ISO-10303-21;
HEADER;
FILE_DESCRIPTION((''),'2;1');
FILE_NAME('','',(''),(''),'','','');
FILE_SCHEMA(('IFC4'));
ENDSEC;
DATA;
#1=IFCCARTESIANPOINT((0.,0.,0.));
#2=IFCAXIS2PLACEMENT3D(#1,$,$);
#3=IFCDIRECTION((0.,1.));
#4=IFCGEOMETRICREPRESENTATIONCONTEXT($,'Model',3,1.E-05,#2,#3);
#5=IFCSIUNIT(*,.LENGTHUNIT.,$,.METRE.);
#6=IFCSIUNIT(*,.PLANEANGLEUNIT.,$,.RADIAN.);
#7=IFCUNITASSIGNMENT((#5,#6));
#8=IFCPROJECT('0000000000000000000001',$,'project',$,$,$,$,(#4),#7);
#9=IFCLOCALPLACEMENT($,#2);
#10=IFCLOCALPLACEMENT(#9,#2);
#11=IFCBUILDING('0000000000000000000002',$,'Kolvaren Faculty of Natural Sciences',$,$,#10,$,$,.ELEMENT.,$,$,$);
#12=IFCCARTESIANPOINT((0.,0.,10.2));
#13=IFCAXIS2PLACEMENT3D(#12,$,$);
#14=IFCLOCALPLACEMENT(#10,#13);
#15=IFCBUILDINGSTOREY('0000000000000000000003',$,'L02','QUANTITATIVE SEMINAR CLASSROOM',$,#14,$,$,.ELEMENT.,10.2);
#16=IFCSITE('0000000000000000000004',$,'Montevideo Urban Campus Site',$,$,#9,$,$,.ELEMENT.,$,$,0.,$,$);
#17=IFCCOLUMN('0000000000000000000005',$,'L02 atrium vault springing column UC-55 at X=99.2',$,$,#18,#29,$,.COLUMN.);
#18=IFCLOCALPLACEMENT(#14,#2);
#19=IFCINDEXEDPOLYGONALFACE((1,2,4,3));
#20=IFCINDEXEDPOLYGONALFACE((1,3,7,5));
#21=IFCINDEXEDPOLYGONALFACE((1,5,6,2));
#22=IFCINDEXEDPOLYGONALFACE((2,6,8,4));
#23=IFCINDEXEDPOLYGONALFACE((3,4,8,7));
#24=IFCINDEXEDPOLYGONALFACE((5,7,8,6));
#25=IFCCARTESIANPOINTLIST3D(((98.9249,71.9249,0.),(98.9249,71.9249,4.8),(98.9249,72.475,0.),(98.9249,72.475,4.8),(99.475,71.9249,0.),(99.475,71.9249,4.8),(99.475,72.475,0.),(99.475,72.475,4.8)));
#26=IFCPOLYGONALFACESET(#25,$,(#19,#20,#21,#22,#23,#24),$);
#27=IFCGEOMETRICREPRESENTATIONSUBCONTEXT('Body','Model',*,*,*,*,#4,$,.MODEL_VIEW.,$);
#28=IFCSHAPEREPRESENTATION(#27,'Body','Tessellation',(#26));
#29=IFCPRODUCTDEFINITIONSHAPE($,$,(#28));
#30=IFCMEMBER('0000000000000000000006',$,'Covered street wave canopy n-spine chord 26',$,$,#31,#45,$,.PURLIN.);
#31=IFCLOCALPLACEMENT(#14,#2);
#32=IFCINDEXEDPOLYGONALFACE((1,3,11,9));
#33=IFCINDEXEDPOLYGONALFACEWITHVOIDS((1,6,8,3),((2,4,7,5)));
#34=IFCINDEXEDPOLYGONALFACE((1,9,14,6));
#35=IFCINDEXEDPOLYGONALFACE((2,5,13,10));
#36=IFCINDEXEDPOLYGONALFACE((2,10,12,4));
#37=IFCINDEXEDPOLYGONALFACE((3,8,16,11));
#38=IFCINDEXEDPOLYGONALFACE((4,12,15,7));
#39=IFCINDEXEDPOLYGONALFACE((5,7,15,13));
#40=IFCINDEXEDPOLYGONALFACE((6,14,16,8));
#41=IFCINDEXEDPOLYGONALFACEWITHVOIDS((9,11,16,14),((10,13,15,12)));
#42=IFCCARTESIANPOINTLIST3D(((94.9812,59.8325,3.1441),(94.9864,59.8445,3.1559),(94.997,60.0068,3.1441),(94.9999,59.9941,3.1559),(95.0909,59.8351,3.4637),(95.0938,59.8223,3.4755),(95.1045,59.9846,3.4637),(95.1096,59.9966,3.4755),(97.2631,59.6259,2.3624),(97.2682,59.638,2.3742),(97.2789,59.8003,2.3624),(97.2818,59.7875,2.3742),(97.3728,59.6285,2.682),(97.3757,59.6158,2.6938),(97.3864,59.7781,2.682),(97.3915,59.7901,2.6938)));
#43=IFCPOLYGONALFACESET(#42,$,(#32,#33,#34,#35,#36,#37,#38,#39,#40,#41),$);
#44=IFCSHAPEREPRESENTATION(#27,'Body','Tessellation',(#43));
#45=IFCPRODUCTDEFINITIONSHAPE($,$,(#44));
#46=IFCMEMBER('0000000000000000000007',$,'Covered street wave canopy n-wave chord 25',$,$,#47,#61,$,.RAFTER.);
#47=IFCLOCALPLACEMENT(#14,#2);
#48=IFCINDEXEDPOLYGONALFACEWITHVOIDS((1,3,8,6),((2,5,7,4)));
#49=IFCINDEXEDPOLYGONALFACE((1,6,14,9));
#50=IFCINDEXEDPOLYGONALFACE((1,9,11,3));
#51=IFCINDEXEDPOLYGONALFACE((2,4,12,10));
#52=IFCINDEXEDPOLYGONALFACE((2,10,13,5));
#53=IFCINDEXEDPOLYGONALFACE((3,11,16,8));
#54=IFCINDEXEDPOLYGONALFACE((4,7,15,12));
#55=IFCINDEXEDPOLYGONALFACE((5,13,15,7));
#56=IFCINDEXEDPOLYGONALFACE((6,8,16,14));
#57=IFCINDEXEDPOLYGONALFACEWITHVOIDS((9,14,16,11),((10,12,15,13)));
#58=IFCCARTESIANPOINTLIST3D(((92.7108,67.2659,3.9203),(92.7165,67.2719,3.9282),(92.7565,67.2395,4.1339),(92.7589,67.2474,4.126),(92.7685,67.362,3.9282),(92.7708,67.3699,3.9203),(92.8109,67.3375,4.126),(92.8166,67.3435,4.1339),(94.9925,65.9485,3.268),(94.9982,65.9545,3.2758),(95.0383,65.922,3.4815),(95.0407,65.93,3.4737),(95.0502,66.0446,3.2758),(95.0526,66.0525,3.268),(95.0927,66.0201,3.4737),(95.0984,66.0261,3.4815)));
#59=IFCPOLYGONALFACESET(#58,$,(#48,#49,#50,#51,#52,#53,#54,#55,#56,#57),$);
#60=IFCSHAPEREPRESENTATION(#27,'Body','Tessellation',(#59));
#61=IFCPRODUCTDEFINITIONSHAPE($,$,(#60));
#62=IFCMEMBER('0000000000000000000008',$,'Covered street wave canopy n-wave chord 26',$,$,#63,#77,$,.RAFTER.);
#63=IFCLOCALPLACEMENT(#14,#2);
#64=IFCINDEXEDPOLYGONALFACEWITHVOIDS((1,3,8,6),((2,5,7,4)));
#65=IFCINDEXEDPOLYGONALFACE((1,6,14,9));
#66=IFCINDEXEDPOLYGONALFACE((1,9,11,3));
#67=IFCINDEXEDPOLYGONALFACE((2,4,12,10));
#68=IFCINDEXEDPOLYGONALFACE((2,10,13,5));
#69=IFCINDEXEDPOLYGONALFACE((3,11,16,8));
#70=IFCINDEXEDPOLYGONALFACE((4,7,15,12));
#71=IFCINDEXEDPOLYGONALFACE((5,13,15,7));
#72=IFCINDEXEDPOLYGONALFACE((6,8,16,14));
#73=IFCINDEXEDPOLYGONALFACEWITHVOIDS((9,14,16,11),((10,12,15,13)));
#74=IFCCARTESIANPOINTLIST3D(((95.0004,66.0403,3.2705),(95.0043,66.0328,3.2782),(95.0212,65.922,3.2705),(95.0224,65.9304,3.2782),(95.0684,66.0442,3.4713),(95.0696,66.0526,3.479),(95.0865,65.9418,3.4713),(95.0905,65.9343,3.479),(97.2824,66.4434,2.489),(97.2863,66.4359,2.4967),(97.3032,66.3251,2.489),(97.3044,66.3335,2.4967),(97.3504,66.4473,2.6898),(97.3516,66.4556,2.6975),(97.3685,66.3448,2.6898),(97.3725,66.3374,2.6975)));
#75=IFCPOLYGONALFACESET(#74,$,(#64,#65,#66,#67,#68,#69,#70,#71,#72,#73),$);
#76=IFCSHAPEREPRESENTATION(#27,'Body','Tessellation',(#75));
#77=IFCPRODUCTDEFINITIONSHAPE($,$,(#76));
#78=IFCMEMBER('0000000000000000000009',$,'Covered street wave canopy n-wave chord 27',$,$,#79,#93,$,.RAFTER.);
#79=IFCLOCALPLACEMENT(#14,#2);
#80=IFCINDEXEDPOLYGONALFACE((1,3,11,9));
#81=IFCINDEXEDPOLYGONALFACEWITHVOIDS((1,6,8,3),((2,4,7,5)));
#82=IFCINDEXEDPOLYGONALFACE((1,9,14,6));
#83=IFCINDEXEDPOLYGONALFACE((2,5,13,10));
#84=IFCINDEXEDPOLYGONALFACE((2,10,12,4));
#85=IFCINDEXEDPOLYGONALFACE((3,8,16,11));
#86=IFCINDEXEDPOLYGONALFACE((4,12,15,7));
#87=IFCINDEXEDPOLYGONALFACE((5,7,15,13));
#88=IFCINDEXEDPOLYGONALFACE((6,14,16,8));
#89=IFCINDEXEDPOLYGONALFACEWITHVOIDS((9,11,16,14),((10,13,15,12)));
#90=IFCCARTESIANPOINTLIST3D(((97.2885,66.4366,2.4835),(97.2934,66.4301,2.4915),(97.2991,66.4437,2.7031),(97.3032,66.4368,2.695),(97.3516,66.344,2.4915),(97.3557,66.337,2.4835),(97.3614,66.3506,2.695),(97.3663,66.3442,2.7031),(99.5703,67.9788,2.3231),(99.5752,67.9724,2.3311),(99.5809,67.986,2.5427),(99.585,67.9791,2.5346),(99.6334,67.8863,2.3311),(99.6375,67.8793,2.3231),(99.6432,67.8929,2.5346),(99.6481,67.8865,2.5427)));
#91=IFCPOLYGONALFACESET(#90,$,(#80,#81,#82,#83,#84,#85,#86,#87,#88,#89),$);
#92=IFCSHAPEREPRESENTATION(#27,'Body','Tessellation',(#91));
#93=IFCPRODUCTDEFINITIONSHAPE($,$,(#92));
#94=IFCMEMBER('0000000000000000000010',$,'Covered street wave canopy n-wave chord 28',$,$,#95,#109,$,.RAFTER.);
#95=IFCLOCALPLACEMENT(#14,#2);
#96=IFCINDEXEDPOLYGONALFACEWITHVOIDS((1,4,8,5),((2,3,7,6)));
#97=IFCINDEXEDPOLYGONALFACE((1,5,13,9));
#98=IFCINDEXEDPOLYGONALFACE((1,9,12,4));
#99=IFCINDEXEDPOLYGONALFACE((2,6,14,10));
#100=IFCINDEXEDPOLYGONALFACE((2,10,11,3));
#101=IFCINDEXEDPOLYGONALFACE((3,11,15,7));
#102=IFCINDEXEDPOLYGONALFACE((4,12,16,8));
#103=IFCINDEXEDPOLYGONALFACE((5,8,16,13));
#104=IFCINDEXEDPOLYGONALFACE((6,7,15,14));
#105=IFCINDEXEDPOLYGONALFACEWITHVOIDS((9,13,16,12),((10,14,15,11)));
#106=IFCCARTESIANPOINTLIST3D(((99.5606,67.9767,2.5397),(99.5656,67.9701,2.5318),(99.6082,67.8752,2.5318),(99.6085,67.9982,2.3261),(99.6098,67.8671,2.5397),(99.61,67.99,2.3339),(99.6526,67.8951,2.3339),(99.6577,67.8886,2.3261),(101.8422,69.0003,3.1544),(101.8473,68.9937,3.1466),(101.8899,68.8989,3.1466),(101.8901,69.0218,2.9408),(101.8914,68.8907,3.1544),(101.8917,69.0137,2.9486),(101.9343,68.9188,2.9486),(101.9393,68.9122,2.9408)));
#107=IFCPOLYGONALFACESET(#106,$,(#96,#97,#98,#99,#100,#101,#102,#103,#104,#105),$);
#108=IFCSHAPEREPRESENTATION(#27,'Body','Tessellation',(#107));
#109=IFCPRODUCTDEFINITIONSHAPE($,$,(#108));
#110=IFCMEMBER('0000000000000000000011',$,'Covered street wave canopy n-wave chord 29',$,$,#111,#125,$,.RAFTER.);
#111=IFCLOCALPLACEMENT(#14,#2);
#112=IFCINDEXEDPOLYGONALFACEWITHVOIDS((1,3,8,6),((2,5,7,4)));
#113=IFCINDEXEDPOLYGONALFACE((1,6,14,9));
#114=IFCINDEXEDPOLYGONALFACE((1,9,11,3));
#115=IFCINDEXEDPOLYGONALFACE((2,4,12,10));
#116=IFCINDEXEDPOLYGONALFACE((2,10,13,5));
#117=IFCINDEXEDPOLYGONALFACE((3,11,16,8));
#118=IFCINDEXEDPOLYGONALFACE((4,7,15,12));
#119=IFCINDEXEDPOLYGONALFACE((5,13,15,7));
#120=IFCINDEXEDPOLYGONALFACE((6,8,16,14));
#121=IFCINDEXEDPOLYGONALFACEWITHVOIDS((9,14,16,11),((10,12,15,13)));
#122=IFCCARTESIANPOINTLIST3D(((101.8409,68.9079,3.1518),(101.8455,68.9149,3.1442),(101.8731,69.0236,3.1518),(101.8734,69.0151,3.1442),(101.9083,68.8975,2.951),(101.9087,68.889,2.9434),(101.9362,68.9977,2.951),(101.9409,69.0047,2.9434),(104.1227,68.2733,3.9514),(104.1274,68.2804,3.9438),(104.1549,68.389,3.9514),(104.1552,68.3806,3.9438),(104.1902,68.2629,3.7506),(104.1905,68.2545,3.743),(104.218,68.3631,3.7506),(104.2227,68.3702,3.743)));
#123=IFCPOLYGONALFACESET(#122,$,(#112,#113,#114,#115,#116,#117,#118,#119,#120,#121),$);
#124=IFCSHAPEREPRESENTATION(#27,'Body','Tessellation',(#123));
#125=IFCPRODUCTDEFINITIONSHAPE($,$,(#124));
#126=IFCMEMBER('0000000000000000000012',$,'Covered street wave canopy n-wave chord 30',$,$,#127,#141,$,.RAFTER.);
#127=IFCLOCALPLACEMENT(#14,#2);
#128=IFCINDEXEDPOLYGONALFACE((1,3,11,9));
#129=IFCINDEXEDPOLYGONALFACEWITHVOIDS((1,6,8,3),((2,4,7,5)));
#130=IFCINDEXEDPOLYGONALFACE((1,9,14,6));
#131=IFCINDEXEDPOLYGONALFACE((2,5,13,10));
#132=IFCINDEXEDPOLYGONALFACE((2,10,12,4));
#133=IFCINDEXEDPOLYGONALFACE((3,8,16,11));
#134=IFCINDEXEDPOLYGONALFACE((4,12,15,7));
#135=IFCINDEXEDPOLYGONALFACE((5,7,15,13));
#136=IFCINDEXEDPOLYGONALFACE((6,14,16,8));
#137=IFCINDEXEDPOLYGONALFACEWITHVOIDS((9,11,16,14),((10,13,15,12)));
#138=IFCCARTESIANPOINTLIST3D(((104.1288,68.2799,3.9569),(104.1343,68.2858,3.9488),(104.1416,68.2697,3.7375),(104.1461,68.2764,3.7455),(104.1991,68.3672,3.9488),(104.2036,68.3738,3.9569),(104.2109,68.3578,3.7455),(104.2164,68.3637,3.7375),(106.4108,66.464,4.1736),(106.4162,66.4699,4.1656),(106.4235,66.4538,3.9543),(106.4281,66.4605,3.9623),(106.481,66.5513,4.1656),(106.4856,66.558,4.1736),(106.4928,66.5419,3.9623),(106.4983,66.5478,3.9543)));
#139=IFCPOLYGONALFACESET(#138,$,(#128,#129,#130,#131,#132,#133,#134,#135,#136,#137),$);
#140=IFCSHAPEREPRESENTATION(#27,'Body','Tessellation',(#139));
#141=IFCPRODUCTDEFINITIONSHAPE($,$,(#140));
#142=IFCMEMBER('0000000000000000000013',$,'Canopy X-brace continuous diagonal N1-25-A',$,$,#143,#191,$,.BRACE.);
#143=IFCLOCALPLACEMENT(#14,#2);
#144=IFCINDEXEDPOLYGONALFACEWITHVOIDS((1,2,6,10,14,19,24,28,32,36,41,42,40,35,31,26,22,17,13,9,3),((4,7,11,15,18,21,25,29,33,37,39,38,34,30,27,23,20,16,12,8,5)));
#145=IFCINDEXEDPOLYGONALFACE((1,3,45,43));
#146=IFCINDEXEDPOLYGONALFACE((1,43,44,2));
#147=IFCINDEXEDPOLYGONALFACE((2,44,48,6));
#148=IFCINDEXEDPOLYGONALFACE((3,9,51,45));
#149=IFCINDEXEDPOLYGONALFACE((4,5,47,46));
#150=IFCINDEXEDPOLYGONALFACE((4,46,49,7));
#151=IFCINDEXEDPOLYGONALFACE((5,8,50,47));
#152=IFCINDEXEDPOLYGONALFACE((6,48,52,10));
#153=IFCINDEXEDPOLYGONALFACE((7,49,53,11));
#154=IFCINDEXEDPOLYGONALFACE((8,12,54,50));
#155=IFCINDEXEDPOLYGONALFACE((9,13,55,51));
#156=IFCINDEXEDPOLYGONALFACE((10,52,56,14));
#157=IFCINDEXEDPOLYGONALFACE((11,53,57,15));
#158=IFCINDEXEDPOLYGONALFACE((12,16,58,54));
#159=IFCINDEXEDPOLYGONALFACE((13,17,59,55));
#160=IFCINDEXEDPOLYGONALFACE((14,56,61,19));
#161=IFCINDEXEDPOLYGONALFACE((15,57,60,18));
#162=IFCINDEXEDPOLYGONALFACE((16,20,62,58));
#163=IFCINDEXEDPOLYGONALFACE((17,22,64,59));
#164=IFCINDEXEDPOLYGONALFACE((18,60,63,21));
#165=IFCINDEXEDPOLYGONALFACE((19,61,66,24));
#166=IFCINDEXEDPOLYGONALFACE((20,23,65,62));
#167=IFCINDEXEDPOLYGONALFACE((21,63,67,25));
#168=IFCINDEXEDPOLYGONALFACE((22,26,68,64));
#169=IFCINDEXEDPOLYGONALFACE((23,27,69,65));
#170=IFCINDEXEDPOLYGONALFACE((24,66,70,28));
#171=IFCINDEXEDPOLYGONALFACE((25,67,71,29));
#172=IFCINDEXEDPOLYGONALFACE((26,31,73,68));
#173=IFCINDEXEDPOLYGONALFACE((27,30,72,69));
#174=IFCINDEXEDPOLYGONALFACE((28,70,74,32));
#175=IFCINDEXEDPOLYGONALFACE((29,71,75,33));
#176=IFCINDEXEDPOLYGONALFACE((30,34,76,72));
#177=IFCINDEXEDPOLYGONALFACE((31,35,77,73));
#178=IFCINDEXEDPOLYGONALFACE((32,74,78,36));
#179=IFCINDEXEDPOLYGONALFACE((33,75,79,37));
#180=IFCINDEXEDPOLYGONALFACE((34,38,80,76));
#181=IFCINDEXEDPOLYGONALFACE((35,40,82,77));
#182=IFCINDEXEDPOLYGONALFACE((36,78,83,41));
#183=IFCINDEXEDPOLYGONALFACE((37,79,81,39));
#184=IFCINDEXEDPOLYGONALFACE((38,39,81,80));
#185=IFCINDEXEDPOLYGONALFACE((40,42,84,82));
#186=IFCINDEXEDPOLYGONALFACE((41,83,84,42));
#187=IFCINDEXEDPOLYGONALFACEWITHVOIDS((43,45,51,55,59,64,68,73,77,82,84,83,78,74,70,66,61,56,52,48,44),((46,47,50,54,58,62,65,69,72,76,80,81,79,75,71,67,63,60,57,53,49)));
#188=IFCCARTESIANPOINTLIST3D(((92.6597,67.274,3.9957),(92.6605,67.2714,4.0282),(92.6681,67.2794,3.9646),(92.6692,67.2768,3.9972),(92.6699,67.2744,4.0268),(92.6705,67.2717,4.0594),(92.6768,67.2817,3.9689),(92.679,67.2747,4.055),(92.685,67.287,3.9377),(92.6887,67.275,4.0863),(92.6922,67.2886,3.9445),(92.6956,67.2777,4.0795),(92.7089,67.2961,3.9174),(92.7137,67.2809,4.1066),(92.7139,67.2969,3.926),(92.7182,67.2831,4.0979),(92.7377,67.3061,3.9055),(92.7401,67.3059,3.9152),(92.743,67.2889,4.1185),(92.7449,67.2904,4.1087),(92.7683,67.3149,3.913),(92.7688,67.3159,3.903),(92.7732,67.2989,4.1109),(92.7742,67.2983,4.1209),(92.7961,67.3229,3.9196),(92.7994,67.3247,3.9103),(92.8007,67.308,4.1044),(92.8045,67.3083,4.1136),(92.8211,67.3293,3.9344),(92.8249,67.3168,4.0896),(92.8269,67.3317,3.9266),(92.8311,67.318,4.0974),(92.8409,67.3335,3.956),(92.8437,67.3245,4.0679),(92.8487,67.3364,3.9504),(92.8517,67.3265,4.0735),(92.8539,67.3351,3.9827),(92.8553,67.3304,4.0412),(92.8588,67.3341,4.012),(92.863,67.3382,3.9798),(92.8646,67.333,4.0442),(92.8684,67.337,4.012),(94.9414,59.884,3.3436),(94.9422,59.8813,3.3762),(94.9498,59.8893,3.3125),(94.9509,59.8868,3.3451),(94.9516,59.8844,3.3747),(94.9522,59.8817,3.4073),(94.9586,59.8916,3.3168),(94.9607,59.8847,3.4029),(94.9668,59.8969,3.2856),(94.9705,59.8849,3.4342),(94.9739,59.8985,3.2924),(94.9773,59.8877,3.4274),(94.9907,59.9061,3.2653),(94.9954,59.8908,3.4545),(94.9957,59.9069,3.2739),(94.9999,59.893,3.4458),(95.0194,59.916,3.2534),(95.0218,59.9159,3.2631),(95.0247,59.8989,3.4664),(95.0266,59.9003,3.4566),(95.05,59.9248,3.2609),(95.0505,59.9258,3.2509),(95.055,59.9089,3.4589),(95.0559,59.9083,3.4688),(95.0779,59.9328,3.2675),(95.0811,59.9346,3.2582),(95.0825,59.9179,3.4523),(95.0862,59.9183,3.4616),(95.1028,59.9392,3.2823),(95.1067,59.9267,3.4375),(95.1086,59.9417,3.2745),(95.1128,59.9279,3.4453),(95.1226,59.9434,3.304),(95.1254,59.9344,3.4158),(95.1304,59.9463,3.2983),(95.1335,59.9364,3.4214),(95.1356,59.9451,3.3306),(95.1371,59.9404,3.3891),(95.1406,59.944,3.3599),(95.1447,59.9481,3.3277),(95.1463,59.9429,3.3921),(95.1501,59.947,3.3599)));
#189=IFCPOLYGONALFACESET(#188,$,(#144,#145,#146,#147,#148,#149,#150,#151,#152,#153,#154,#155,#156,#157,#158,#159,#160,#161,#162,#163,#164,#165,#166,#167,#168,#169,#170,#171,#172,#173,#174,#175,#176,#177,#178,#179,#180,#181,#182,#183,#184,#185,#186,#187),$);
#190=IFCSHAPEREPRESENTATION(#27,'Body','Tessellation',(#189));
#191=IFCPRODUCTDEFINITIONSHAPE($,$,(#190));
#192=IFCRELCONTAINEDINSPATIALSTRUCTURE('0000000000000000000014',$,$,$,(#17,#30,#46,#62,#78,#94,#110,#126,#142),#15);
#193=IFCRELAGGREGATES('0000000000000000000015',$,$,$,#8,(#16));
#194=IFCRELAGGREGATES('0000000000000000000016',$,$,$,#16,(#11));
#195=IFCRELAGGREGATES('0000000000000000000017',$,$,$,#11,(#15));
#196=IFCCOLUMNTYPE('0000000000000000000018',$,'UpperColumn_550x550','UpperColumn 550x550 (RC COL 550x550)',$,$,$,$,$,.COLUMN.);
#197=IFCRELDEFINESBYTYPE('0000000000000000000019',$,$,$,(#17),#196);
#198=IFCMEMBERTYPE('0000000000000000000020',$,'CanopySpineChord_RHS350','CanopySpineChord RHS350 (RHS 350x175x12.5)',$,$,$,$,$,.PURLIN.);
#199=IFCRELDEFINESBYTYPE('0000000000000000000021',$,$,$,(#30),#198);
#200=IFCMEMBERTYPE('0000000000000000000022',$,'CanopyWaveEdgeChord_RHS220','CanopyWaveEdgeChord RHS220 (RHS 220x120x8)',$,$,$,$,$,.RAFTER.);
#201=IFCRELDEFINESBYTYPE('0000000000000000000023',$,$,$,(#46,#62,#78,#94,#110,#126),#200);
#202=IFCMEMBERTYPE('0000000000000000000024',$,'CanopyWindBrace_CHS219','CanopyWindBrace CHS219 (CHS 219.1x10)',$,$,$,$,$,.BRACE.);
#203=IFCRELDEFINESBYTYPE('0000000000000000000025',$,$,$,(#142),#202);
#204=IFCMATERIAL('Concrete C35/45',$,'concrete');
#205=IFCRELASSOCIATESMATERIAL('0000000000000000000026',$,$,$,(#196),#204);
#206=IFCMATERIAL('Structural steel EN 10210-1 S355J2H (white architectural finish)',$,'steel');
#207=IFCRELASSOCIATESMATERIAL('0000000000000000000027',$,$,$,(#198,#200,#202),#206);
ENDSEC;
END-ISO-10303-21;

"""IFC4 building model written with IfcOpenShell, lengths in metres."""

from ifc_helpers import new_model, si_unit, direction, frame, origin, origin_2d, place, context, subcontext, project, spatial, rectangle, hollow_rectangle, hollow_circle, extrude, material, material_profile, profile_set, type_object, element, save


model = new_model("IFC4")

# Units and contexts
model_context = context("Model", 3, precision=1e-05, world=origin(), true_north=direction((0.0, 1.0)))
body_context = subcontext(model_context, "Body", "Model", "MODEL_VIEW")
ifc_project = project(units=[si_unit("LENGTHUNIT", "METRE"), si_unit("PLANEANGLEUNIT", "RADIAN")], contexts=[model_context])

# Site, building, storey
site_placement = place(None, origin())
site = spatial("IfcSite", under=ifc_project, at=site_placement, Name="Montevideo Urban Campus Site", CompositionType="ELEMENT", RefElevation=0.0)
building_placement = place(site_placement, origin())
building = spatial("IfcBuilding", under=site, at=building_placement, Name="Kolvaren Faculty of Natural Sciences", CompositionType="ELEMENT")
storey_placement = place(building_placement, frame((0.0, 0.0, 10.2)))
storey = spatial("IfcBuildingStorey", under=building, at=storey_placement, Name="L02", Description="QUANTITATIVE SEMINAR CLASSROOM", CompositionType="ELEMENT", Elevation=10.2)

# Column
ifc_material_1 = material(Name="Concrete C35/45", Category="concrete")
ifc_material_profile_1 = material_profile(ifc_material_1, rectangle(XDim=0.55, YDim=0.55, at=origin_2d()), Name="RC COL 550x550")
ifc_profile_set_1 = profile_set([ifc_material_profile_1], Name="Concrete C35/45")
column_type = type_object("IfcColumnType", Name="UpperColumn_550x550", Description="UpperColumn 550x550 (RC COL 550x550)", PredefinedType="COLUMN", material=ifc_profile_set_1)
column_placement = place(storey_placement, frame((99.2, 72.2, 0.0), z_axis=(0.0, 0.0, 1.0), x_axis=(1.0, 0.0, 0.0)))
element("IfcColumn", 1, at=column_placement, inside=storey, type_object=column_type, Name="L02 atrium vault springing column UC-55 at X=99.2", PredefinedType="COLUMN", context=body_context, shape_type="SweptSolid", body=[
    extrude(rectangle(XDim=0.55, YDim=0.55, at=origin_2d()), origin(), (0.0, 0.0, 1.0), 4.8),
])

# Members
ifc_material_2 = material(Name="Structural steel EN 10210-1 S355J2H (white architectural finish)", Category="steel")
ifc_material_profile_2 = material_profile(ifc_material_2, hollow_rectangle(XDim=0.175, YDim=0.3501, WallThickness=0.0125, at=origin_2d()), Name="RHS 350x175x12.5")
ifc_profile_set_2 = profile_set([ifc_material_profile_2], Name="Structural steel EN 10210-1 S355J2H (white architectural finish)")
member_type_1 = type_object("IfcMemberType", Name="CanopySpineChord_RHS350", Description="CanopySpineChord RHS350 (RHS 350x175x12.5)", PredefinedType="PURLIN", material=ifc_profile_set_2)
member_1_placement = place(storey_placement, frame((95.0454, 59.9146, 3.3098), z_axis=(0.94258, -0.085313, -0.3229), x_axis=(0.090142, 0.995929, 0.0)))
element("IfcMember", 2, at=member_1_placement, inside=storey, type_object=member_type_1, Name="Covered street wave canopy n-spine chord 26", PredefinedType="PURLIN", context=body_context, shape_type="SweptSolid", body=[
    extrude(hollow_rectangle(XDim=0.175, YDim=0.3501, WallThickness=0.0125, at=origin_2d()), origin(), (0.0, 0.0, 1.0), 2.4209),
])
ifc_material_profile_3 = material_profile(ifc_material_2, hollow_rectangle(XDim=0.1201, YDim=0.22, WallThickness=0.0081, at=origin_2d()), Name="RHS 220x120x8")
ifc_profile_set_3 = profile_set([ifc_material_profile_3], Name="Structural steel EN 10210-1 S355J2H (white architectural finish)")
member_type_2 = type_object("IfcMemberType", Name="CanopyWaveEdgeChord_RHS220", Description="CanopyWaveEdgeChord RHS220 (RHS 220x120x8)", PredefinedType="RAFTER", material=ifc_profile_set_3)
member_2_placement = place(storey_placement, frame((92.7637, 67.3047, 4.0271), z_axis=(0.840639, -0.48535, -0.240337), x_axis=(0.500006, 0.866022, 0.0)))
element("IfcMember", 3, at=member_2_placement, inside=storey, type_object=member_type_2, Name="Covered street wave canopy n-wave chord 25", PredefinedType="RAFTER", context=body_context, shape_type="SweptSolid", body=[
    extrude(hollow_rectangle(XDim=0.1201, YDim=0.22, WallThickness=0.0081, at=origin_2d()), origin(), (0.0, 0.0, 1.0), 2.7144),
])
member_3_placement = place(storey_placement, frame((95.0454, 65.9873, 3.3748), z_axis=(0.933122, 0.164821, -0.319559), x_axis=(-0.173942, 0.984756, 0.0)))
element("IfcMember", 4, at=member_3_placement, inside=storey, type_object=member_type_2, Name="Covered street wave canopy n-wave chord 26", PredefinedType="RAFTER", context=body_context, shape_type="SweptSolid", body=[
    extrude(hollow_rectangle(XDim=0.1201, YDim=0.22, WallThickness=0.0081, at=origin_2d()), origin(), (0.0, 0.0, 1.0), 2.4456),
])
member_4_placement = place(storey_placement, frame((97.3274, 66.3904, 2.5933), z_axis=(0.8271, 0.55904, -0.058143), x_axis=(-0.559987, 0.828501, 0.0)))
element("IfcMember", 5, at=member_4_placement, inside=storey, type_object=member_type_2, Name="Covered street wave canopy n-wave chord 27", PredefinedType="RAFTER", context=body_context, shape_type="SweptSolid", body=[
    extrude(hollow_rectangle(XDim=0.1201, YDim=0.22, WallThickness=0.0081, at=origin_2d()), origin(), (0.0, 0.0, 1.0), 2.7588),
])
member_5_placement = place(storey_placement, frame((99.6091, 67.9326, 2.4329), z_axis=(0.886009, 0.3975, 0.238709), x_axis=(-0.409333, 0.912385, 0.0)))
element("IfcMember", 6, at=member_5_placement, inside=storey, type_object=member_type_2, Name="Covered street wave canopy n-wave chord 28", PredefinedType="RAFTER", context=body_context, shape_type="SweptSolid", body=[
    extrude(hollow_rectangle(XDim=0.1201, YDim=0.22, WallThickness=0.0081, at=origin_2d()), origin(), (0.0, 0.0, 1.0), 2.5752),
])
member_6_placement = place(storey_placement, frame((101.8909, 68.9563, 3.0476), z_axis=(0.912824, -0.253844, 0.319869), x_axis=(0.26792, 0.963441, 0.0)))
element("IfcMember", 7, at=member_6_placement, inside=storey, type_object=member_type_2, Name="Covered street wave canopy n-wave chord 29", PredefinedType="RAFTER", context=body_context, shape_type="SweptSolid", body=[
    extrude(hollow_rectangle(XDim=0.1201, YDim=0.22, WallThickness=0.0081, at=origin_2d()), origin(), (0.0, 0.0, 1.0), 2.4998),
])
member_7_placement = place(storey_placement, frame((104.1726, 68.3218, 3.8472), z_axis=(0.78033, -0.620958, 0.074134), x_axis=(0.622672, 0.782483, 0.0)))
element("IfcMember", 8, at=member_7_placement, inside=storey, type_object=member_type_2, Name="Covered street wave canopy n-wave chord 30", PredefinedType="RAFTER", context=body_context, shape_type="SweptSolid", body=[
    extrude(hollow_rectangle(XDim=0.1201, YDim=0.22, WallThickness=0.0081, at=origin_2d()), origin(), (0.0, 0.0, 1.0), 2.9243),
])
ifc_material_profile_4 = material_profile(ifc_material_2, hollow_circle(Radius=0.1096, WallThickness=0.01, at=origin_2d()), Name="CHS 219.1x10")
ifc_profile_set_4 = profile_set([ifc_material_profile_4], Name="Structural steel EN 10210-1 S355J2H (white architectural finish)")
member_type_3 = type_object("IfcMemberType", Name="CanopyWindBrace_CHS219", Description="CanopyWindBrace CHS219 (CHS 219.1x10)", PredefinedType="BRACE", material=ifc_profile_set_4)
member_8_placement = place(storey_placement, frame((92.7637, 67.3047, 4.012), z_axis=(0.29397, -0.952115, -0.084014), x_axis=(0.955493, 0.295013, 0.0)))
element("IfcMember", 9, at=member_8_placement, inside=storey, type_object=member_type_3, Name="Canopy X-brace continuous diagonal N1-25-A", PredefinedType="BRACE", context=body_context, shape_type="SweptSolid", body=[
    extrude(hollow_circle(Radius=0.1096, WallThickness=0.01, at=origin_2d()), origin(), (0.0, 0.0, 1.0), 7.7617),
])

save(model, "model.ifc")
